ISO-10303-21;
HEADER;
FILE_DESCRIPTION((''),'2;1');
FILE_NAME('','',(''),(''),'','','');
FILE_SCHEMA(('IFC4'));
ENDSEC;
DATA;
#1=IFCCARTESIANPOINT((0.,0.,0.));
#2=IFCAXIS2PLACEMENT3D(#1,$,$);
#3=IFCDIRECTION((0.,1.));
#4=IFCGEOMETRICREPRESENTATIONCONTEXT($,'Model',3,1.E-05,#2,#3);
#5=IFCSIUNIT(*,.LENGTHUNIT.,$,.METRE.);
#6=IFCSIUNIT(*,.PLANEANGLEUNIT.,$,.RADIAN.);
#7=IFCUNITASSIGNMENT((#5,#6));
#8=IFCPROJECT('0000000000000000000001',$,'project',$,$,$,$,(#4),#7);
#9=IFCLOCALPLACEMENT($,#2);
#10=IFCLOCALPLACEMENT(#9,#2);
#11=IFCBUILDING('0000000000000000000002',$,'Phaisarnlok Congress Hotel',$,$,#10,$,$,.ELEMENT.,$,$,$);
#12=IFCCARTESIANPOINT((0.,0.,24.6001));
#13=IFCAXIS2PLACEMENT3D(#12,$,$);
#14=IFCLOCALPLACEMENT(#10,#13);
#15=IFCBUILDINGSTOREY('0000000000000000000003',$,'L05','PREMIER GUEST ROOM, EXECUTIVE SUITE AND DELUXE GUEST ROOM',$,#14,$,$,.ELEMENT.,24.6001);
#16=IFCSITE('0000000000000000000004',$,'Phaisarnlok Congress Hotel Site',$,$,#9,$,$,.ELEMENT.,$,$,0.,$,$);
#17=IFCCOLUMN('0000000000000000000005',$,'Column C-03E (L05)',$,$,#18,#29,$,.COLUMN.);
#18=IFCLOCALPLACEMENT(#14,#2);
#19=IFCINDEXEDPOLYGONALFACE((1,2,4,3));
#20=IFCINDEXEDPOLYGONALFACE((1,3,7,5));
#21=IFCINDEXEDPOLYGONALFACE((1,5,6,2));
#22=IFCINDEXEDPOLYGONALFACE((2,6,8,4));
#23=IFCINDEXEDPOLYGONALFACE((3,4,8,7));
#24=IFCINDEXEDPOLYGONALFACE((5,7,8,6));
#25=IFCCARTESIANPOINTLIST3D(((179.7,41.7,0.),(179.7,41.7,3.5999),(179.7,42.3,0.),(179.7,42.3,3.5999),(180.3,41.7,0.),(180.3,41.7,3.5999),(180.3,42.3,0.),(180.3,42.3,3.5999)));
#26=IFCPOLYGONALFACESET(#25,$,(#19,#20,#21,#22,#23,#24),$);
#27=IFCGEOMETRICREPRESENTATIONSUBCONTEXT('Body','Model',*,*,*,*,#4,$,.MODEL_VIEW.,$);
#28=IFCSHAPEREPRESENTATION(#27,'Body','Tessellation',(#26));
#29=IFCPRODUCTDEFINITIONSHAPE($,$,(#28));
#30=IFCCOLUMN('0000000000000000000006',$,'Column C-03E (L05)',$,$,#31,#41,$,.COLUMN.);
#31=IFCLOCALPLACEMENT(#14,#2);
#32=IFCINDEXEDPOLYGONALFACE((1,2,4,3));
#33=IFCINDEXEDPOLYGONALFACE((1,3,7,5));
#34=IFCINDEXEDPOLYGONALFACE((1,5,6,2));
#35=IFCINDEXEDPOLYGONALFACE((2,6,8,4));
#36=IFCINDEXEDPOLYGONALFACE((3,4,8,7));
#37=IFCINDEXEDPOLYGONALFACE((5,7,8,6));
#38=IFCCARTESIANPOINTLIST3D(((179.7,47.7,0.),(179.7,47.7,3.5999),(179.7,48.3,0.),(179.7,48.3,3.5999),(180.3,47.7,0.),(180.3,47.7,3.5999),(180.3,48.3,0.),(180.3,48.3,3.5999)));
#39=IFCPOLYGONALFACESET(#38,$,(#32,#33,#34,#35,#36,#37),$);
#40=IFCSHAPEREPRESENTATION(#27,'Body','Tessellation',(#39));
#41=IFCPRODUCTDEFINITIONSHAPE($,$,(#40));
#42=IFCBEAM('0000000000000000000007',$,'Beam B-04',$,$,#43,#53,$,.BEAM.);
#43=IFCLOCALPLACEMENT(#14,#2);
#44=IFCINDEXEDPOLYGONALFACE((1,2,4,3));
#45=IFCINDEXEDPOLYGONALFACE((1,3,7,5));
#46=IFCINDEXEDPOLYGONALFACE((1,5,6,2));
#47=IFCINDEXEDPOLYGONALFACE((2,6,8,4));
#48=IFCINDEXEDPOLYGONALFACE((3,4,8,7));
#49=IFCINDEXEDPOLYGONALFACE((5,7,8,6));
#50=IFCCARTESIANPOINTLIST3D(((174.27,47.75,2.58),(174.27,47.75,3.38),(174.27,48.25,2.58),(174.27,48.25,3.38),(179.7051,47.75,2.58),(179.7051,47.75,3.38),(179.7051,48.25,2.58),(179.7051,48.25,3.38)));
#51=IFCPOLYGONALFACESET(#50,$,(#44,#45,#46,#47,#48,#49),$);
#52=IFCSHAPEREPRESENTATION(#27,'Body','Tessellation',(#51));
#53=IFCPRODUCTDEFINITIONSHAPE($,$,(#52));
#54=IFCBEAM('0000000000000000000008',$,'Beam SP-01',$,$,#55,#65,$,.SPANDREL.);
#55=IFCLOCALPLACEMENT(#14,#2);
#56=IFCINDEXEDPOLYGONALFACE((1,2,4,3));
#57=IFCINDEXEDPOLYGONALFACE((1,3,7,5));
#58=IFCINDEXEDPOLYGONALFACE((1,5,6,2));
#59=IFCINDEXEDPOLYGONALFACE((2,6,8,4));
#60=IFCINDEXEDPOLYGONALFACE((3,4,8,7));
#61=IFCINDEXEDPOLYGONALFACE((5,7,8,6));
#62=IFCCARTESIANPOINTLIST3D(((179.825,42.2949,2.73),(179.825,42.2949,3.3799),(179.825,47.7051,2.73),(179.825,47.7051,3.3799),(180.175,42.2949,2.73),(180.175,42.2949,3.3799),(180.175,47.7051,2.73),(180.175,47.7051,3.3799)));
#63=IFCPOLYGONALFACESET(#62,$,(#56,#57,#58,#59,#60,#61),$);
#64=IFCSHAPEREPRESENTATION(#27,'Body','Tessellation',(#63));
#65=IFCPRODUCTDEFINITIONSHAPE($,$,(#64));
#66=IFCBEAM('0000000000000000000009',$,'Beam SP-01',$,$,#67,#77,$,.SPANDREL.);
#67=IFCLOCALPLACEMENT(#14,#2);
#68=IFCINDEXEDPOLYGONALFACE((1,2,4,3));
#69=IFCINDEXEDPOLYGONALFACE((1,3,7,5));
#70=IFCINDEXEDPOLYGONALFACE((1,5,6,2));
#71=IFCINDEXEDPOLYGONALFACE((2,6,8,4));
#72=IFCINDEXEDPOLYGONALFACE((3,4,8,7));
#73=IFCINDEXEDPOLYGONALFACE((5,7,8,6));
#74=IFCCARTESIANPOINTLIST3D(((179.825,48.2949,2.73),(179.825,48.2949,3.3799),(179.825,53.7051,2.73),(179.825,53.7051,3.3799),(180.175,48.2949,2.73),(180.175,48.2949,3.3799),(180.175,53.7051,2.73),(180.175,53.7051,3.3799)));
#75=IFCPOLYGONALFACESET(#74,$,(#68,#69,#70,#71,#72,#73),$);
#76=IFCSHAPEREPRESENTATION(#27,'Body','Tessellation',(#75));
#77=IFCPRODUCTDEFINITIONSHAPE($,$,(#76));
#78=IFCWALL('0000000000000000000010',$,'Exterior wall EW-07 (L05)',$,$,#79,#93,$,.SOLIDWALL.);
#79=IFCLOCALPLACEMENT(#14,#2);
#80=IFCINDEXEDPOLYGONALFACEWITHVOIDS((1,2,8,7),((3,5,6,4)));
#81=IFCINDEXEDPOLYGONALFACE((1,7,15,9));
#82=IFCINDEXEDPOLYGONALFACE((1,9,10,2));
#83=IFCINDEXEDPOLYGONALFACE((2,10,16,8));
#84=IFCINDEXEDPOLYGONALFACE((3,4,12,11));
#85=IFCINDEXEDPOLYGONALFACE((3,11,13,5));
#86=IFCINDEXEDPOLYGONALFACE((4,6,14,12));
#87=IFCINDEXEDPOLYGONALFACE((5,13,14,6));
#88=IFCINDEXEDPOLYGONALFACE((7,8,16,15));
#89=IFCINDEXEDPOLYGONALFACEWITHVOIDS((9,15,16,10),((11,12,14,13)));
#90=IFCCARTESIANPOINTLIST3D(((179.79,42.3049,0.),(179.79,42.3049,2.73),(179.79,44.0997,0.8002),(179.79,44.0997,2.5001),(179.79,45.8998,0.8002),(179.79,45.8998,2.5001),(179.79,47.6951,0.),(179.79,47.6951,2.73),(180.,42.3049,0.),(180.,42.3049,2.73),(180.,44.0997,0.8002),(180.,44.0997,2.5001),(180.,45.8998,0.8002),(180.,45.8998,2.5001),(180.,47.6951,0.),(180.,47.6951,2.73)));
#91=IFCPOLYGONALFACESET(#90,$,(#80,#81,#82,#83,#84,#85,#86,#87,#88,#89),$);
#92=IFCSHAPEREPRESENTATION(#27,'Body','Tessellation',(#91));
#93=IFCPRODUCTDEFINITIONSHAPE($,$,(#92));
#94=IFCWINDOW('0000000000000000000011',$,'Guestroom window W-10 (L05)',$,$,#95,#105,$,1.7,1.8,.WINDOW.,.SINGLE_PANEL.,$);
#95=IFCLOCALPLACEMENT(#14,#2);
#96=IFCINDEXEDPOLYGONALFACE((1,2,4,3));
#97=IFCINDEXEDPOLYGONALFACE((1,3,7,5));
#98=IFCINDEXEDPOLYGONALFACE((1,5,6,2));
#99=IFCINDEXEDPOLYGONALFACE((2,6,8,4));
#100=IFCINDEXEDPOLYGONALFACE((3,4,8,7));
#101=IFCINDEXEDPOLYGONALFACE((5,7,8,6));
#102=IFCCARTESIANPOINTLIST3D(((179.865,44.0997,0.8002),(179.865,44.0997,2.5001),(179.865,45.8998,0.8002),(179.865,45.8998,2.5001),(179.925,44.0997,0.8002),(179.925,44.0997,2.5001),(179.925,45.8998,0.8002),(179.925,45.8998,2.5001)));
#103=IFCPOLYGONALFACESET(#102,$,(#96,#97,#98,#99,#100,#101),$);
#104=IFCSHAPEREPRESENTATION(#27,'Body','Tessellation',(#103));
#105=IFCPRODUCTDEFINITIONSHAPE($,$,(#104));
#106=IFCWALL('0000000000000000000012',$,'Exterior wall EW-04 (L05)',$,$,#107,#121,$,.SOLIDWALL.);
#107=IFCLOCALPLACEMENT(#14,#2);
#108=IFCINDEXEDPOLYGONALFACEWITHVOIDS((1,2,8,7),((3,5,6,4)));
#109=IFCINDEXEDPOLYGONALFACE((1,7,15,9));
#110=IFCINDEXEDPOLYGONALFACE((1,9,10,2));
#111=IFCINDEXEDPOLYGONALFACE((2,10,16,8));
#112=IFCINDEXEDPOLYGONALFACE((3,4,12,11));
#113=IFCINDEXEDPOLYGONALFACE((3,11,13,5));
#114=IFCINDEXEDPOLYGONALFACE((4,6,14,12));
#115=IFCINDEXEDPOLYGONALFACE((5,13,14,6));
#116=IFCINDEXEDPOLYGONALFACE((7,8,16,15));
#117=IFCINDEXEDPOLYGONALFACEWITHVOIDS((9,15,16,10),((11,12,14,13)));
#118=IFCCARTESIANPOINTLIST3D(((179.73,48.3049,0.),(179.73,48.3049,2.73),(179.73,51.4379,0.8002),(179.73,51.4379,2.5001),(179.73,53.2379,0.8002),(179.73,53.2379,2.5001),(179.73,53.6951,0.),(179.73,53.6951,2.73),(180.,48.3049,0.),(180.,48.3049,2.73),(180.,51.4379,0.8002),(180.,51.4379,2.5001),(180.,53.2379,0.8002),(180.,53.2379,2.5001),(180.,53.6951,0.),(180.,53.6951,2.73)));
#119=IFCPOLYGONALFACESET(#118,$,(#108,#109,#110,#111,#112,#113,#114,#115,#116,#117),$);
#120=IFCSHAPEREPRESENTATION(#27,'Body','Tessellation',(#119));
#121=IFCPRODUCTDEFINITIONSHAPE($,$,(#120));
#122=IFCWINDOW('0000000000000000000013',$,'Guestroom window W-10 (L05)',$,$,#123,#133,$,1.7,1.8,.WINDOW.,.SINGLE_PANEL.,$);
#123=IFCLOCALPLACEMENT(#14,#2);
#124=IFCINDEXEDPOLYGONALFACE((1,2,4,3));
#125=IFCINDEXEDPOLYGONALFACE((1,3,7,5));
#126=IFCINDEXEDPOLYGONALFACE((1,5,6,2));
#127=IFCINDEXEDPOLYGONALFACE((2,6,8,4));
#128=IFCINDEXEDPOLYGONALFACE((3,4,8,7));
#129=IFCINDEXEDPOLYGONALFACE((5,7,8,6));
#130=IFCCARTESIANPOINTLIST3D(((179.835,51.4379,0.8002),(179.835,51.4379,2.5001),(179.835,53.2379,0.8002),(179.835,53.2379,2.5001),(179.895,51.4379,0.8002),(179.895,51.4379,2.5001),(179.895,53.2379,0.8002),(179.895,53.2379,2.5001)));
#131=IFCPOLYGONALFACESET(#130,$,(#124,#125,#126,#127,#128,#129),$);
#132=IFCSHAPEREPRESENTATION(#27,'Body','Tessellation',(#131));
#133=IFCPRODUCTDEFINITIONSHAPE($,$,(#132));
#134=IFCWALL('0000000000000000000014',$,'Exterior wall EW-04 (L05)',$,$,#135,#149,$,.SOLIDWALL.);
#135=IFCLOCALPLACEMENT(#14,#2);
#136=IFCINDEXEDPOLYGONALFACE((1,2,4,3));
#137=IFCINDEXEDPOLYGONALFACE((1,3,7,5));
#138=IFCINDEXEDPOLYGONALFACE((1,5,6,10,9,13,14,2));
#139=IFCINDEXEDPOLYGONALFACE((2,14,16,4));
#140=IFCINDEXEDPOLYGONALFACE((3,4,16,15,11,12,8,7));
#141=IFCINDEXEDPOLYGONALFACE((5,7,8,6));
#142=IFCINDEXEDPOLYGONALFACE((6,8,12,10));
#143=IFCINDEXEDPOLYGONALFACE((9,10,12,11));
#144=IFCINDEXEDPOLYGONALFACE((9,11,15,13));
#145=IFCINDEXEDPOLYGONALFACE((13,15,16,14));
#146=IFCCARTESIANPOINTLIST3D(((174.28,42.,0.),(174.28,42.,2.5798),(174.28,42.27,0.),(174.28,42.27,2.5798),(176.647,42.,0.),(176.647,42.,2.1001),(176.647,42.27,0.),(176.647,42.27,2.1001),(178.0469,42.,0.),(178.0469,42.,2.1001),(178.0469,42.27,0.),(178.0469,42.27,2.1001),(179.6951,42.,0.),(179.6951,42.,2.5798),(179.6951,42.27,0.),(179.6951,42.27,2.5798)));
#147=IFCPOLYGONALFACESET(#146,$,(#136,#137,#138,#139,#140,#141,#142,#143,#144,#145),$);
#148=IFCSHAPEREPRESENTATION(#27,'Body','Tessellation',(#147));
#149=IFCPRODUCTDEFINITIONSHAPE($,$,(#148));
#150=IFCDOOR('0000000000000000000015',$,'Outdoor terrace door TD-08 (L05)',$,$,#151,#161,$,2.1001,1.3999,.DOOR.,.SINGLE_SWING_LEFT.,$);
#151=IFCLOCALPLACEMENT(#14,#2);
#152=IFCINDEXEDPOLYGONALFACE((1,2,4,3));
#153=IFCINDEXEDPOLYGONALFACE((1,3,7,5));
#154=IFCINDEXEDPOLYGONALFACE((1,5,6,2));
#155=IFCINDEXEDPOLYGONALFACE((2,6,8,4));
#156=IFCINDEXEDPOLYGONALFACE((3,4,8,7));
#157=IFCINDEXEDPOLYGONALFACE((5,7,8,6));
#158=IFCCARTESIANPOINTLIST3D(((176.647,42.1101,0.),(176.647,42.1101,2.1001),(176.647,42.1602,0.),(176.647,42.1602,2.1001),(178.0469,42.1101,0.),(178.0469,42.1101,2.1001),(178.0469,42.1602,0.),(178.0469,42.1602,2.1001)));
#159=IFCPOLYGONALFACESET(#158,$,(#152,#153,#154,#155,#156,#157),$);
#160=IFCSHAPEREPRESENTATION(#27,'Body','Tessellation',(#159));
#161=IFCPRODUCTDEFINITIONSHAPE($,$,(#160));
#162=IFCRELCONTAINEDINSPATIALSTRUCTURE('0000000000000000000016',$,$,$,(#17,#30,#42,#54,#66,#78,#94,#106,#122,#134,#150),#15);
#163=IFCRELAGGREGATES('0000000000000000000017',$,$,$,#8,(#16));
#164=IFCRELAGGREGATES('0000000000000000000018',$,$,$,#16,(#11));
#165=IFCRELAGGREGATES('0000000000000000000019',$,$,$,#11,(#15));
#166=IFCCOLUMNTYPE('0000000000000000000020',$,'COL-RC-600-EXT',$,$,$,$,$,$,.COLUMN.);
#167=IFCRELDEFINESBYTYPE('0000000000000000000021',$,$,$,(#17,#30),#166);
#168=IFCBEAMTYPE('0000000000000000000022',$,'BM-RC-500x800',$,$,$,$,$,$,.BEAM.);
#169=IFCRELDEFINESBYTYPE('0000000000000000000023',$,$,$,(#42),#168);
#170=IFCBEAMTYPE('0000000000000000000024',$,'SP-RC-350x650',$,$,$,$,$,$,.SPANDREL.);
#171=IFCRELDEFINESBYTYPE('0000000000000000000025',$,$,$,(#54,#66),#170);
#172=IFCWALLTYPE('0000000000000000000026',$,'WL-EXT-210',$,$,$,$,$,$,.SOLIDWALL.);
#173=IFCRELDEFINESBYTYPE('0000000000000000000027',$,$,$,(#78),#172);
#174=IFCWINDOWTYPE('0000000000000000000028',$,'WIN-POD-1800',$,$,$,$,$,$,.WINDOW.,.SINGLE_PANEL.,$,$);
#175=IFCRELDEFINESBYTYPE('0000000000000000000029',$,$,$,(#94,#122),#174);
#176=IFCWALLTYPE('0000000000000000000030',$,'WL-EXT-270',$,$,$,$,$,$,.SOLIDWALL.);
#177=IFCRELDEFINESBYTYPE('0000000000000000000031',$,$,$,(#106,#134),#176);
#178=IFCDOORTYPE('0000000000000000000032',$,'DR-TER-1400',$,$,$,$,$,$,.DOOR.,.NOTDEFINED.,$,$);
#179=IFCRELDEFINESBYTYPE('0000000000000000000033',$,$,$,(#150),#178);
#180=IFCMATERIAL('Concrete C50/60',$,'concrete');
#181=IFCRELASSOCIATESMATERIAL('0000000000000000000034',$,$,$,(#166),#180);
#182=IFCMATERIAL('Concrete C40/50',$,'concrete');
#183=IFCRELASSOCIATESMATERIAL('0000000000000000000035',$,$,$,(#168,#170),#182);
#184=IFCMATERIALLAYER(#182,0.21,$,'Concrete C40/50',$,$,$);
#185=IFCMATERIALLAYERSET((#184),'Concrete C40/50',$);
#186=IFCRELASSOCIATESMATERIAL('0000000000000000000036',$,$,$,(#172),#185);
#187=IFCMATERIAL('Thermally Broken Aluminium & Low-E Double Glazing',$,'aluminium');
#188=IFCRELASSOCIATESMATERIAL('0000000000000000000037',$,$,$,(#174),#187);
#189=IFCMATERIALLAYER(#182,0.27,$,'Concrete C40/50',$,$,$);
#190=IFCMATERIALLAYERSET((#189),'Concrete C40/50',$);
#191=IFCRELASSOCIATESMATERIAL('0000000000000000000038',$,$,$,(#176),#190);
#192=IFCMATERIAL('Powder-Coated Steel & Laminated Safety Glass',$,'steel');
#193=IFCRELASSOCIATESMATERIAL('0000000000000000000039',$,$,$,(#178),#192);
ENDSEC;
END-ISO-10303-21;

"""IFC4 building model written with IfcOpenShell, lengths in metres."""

from ifc_helpers import new_model, si_unit, direction, frame, frame_2d, origin, origin_2d, place, context, subcontext, project, spatial, rectangle, extrude, material, layer, layer_set, material_profile, profile_set, type_object, element, fill, save


model = new_model("IFC4")

# Units and contexts
model_context = context("Model", 3, precision=1e-05, world=origin(), true_north=direction((0.0, 1.0)))
body_context = subcontext(model_context, "Body", "Model", "MODEL_VIEW")
ifc_project = project(units=[si_unit("LENGTHUNIT", "METRE"), si_unit("PLANEANGLEUNIT", "RADIAN")], contexts=[model_context])

# Site, building, storey
site_placement = place(None, origin())
site = spatial("IfcSite", under=ifc_project, at=site_placement, Name="Phaisarnlok Congress Hotel Site", CompositionType="ELEMENT", RefElevation=0.0)
building_placement = place(site_placement, origin())
building = spatial("IfcBuilding", under=site, at=building_placement, Name="Phaisarnlok Congress Hotel", CompositionType="ELEMENT")
storey_placement = place(building_placement, frame((0.0, 0.0, 24.6001)))
storey = spatial("IfcBuildingStorey", under=building, at=storey_placement, Name="L05", Description="PREMIER GUEST ROOM, EXECUTIVE SUITE AND DELUXE GUEST ROOM", CompositionType="ELEMENT", Elevation=24.6001)

# Columns
ifc_material_1 = material(Name="Concrete C50/60", Category="concrete")
ifc_material_profile_1 = material_profile(ifc_material_1, rectangle(XDim=0.6001, YDim=0.6001, at=origin_2d()), Name="RC 600x600")
ifc_profile_set_1 = profile_set([ifc_material_profile_1], Name="Concrete C50/60")
column_type = type_object("IfcColumnType", Name="COL-RC-600-EXT", PredefinedType="COLUMN", material=ifc_profile_set_1)
for number, where, z_axis, x_axis, name in (
    (1, (180.0, 42.0, 0.0), (0.0, 0.0, 1.0), (1.0, 0.0, 0.0), "Column C-03E (L05)"),
    (2, (180.0, 48.0, 0.0), (0.0, 0.0, 1.0), (1.0, 0.0, 0.0), "Column C-03E (L05)"),
):
    element("IfcColumn", number, at=place(storey_placement, frame(where, z_axis=z_axis, x_axis=x_axis)), inside=storey, type_object=column_type, Name=name, PredefinedType="COLUMN", context=body_context, shape_type="SweptSolid", body=[
        extrude(rectangle(XDim=0.6001, YDim=0.6001, at=origin_2d()), origin(), (0.0, 0.0, 1.0), 3.5999),
    ])

# Beams
ifc_material_2 = material(Name="Concrete C40/50", Category="concrete")
ifc_material_profile_2 = material_profile(ifc_material_2, rectangle(XDim=0.5, YDim=0.8, at=origin_2d()), Name="RC 500x800")
ifc_profile_set_2 = profile_set([ifc_material_profile_2], Name="Concrete C40/50")
beam_type_1 = type_object("IfcBeamType", Name="BM-RC-500x800", PredefinedType="BEAM", material=ifc_profile_set_2)
beam_placement = place(storey_placement, frame((174.27, 48.0, 2.98), z_axis=(1.0, 0.0, 0.0), x_axis=(0.0, 1.0, 0.0)))
element("IfcBeam", 3, at=beam_placement, inside=storey, type_object=beam_type_1, Name="Beam B-04", PredefinedType="BEAM", context=body_context, shape_type="SweptSolid", body=[
    extrude(rectangle(XDim=0.5, YDim=0.8, at=origin_2d()), origin(), (0.0, 0.0, 1.0), 5.4351),
])
ifc_material_profile_3 = material_profile(ifc_material_2, rectangle(XDim=0.3501, YDim=0.6499, at=origin_2d()), Name="RC 350x650")
ifc_profile_set_3 = profile_set([ifc_material_profile_3], Name="Concrete C40/50")
beam_type_2 = type_object("IfcBeamType", Name="SP-RC-350x650", PredefinedType="SPANDREL", material=ifc_profile_set_3)
for number, where, z_axis, x_axis, name in (
    (4, (180.0, 42.2949, 3.0549), (0.0, 1.0, 0.0), (-1.0, 0.0, 0.0), "Beam SP-01"),
    (5, (180.0, 48.2949, 3.0549), (0.0, 1.0, 0.0), (-1.0, 0.0, 0.0), "Beam SP-01"),
):
    element("IfcBeam", number, at=place(storey_placement, frame(where, z_axis=z_axis, x_axis=x_axis)), inside=storey, type_object=beam_type_2, Name=name, PredefinedType="SPANDREL", context=body_context, shape_type="SweptSolid", body=[
        extrude(rectangle(XDim=0.3501, YDim=0.6499, at=origin_2d()), origin(), (0.0, 0.0, 1.0), 5.4102),
    ])

# Walls, openings, windows
ifc_layer_1 = layer(ifc_material_2, 0.21, Name="Concrete C40/50")
ifc_layer_set_1 = layer_set([ifc_layer_1], Name="Concrete C40/50")
wall_type_1 = type_object("IfcWallType", Name="WL-EXT-210", PredefinedType="SOLIDWALL", material=ifc_layer_set_1)
wall_1_placement = place(storey_placement, frame((179.895, 42.3049, 0.0), z_axis=(0.0, 0.0, 1.0), x_axis=(0.0, 1.0, 0.0)))
wall_1 = element("IfcWall", 6, at=wall_1_placement, inside=storey, type_object=wall_type_1, Name="Exterior wall EW-07 (L05)", PredefinedType="SOLIDWALL", context=body_context, shape_type="SweptSolid", body=[
    extrude(rectangle(XDim=5.3901, YDim=0.21, at=frame_2d((2.6951, 0.0))), origin(), (0.0, 0.0, 1.0), 2.73),
])
opening_1_placement = place(wall_1_placement, frame((1.7949, 0.0, 0.8)))
opening_1 = element("IfcOpeningElement", 7, at=opening_1_placement, cuts=wall_1, PredefinedType="OPENING", context=body_context, shape_type="SweptSolid", body=[
    extrude(rectangle(XDim=1.8, YDim=1.7, at=frame_2d((0.8999, 0.8501))), frame((0.0, 0.115, 0.0), z_axis=(0.0, -1.0, 0.0), x_axis=(1.0, 0.0, 0.0)), (0.0, 0.0, 1.0), 0.23),
])
ifc_material_3 = material(Name="Thermally Broken Aluminium & Low-E Double Glazing", Category="aluminium")
window_type = type_object("IfcWindowType", Name="WIN-POD-1800", PartitioningType="SINGLE_PANEL", PredefinedType="WINDOW", material=ifc_material_3)
window_1_placement = place(opening_1_placement, origin())
window_1 = element("IfcWindow", 8, at=window_1_placement, inside=storey, type_object=window_type, Name="Guestroom window W-10 (L05)", OverallHeight=1.7, OverallWidth=1.8, PartitioningType="SINGLE_PANEL", PredefinedType="WINDOW", context=body_context, shape_type="SweptSolid", body=[
    extrude(rectangle(XDim=1.8, YDim=1.7, at=frame_2d((0.8999, 0.8501))), frame((0.0, 0.03, 0.0), z_axis=(0.0, -1.0, 0.0), x_axis=(1.0, 0.0, 0.0)), (0.0, 0.0, 1.0), 0.0601),
])
fill(opening_1, window_1)
ifc_layer_2 = layer(ifc_material_2, 0.27, Name="Concrete C40/50")
ifc_layer_set_2 = layer_set([ifc_layer_2], Name="Concrete C40/50")
wall_type_2 = type_object("IfcWallType", Name="WL-EXT-270", PredefinedType="SOLIDWALL", material=ifc_layer_set_2)
wall_2_placement = place(storey_placement, frame((179.865, 48.3049, 0.0), z_axis=(0.0, 0.0, 1.0), x_axis=(0.0, 1.0, 0.0)))
wall_2 = element("IfcWall", 9, at=wall_2_placement, inside=storey, type_object=wall_type_2, Name="Exterior wall EW-04 (L05)", PredefinedType="SOLIDWALL", context=body_context, shape_type="SweptSolid", body=[
    extrude(rectangle(XDim=5.3901, YDim=0.27, at=frame_2d((2.6951, 0.0))), origin(), (0.0, 0.0, 1.0), 2.73),
])
opening_2_placement = place(wall_2_placement, frame((3.1331, 0.0, 0.8)))
opening_2 = element("IfcOpeningElement", 10, at=opening_2_placement, cuts=wall_2, PredefinedType="OPENING", context=body_context, shape_type="SweptSolid", body=[
    extrude(rectangle(XDim=1.8, YDim=1.7, at=frame_2d((0.8999, 0.8501))), frame((0.0, 0.145, 0.0), z_axis=(0.0, -1.0, 0.0), x_axis=(1.0, 0.0, 0.0)), (0.0, 0.0, 1.0), 0.29),
])
window_2_placement = place(opening_2_placement, origin())
window_2 = element("IfcWindow", 11, at=window_2_placement, inside=storey, type_object=window_type, Name="Guestroom window W-10 (L05)", OverallHeight=1.7, OverallWidth=1.8, PartitioningType="SINGLE_PANEL", PredefinedType="WINDOW", context=body_context, shape_type="SweptSolid", body=[
    extrude(rectangle(XDim=1.8, YDim=1.7, at=frame_2d((0.8999, 0.8501))), frame((0.0, 0.03, 0.0), z_axis=(0.0, -1.0, 0.0), x_axis=(1.0, 0.0, 0.0)), (0.0, 0.0, 1.0), 0.0601),
])
fill(opening_2, window_2)

# Wall, opening, door
wall_3_placement = place(storey_placement, frame((174.28, 42.135, 0.0), z_axis=(0.0, 0.0, 1.0), x_axis=(1.0, 0.0, 0.0)))
wall_3 = element("IfcWall", 12, at=wall_3_placement, inside=storey, type_object=wall_type_2, Name="Exterior wall EW-04 (L05)", PredefinedType="SOLIDWALL", context=body_context, shape_type="SweptSolid", body=[
    extrude(rectangle(XDim=5.415, YDim=0.27, at=frame_2d((2.7075, 0.0))), origin(), (0.0, 0.0, 1.0), 2.5798),
])
opening_3_placement = place(wall_3_placement, frame((2.3669, 0.0, 0.0)))
opening_3 = element("IfcOpeningElement", 13, at=opening_3_placement, cuts=wall_3, PredefinedType="OPENING", context=body_context, shape_type="SweptSolid", body=[
    extrude(rectangle(XDim=1.3999, YDim=2.1001, at=frame_2d((0.7, 1.05))), frame((0.0, 0.145, 0.0), z_axis=(0.0, -1.0, 0.0), x_axis=(1.0, 0.0, 0.0)), (0.0, 0.0, 1.0), 0.29),
])
ifc_material_4 = material(Name="Powder-Coated Steel & Laminated Safety Glass", Category="steel")
door_type_1 = type_object("IfcDoorType", Name="DR-TER-1400", OperationType="NOTDEFINED", PredefinedType="DOOR", material=ifc_material_4)
door_1_placement = place(opening_3_placement, frame((1.3999, 0.0, 0.0), z_axis=(0.0, 0.0, 1.0), x_axis=(-1.0, 0.0, 0.0)))
door_1 = element("IfcDoor", 14, at=door_1_placement, inside=storey, type_object=door_type_1, Name="Outdoor terrace door TD-08 (L05)", OperationType="SINGLE_SWING_LEFT", OverallHeight=2.1001, OverallWidth=1.3999, PredefinedType="DOOR", context=body_context, shape_type="SweptSolid", body=[
    extrude(rectangle(XDim=1.3999, YDim=2.1001, at=frame_2d((0.7, 1.05))), frame((0.0, 0.0249, 0.0), z_axis=(0.0, -1.0, 0.0), x_axis=(1.0, 0.0, 0.0)), (0.0, 0.0, 1.0), 0.05),
])
fill(opening_3, door_1)

save(model, "model.ifc")
